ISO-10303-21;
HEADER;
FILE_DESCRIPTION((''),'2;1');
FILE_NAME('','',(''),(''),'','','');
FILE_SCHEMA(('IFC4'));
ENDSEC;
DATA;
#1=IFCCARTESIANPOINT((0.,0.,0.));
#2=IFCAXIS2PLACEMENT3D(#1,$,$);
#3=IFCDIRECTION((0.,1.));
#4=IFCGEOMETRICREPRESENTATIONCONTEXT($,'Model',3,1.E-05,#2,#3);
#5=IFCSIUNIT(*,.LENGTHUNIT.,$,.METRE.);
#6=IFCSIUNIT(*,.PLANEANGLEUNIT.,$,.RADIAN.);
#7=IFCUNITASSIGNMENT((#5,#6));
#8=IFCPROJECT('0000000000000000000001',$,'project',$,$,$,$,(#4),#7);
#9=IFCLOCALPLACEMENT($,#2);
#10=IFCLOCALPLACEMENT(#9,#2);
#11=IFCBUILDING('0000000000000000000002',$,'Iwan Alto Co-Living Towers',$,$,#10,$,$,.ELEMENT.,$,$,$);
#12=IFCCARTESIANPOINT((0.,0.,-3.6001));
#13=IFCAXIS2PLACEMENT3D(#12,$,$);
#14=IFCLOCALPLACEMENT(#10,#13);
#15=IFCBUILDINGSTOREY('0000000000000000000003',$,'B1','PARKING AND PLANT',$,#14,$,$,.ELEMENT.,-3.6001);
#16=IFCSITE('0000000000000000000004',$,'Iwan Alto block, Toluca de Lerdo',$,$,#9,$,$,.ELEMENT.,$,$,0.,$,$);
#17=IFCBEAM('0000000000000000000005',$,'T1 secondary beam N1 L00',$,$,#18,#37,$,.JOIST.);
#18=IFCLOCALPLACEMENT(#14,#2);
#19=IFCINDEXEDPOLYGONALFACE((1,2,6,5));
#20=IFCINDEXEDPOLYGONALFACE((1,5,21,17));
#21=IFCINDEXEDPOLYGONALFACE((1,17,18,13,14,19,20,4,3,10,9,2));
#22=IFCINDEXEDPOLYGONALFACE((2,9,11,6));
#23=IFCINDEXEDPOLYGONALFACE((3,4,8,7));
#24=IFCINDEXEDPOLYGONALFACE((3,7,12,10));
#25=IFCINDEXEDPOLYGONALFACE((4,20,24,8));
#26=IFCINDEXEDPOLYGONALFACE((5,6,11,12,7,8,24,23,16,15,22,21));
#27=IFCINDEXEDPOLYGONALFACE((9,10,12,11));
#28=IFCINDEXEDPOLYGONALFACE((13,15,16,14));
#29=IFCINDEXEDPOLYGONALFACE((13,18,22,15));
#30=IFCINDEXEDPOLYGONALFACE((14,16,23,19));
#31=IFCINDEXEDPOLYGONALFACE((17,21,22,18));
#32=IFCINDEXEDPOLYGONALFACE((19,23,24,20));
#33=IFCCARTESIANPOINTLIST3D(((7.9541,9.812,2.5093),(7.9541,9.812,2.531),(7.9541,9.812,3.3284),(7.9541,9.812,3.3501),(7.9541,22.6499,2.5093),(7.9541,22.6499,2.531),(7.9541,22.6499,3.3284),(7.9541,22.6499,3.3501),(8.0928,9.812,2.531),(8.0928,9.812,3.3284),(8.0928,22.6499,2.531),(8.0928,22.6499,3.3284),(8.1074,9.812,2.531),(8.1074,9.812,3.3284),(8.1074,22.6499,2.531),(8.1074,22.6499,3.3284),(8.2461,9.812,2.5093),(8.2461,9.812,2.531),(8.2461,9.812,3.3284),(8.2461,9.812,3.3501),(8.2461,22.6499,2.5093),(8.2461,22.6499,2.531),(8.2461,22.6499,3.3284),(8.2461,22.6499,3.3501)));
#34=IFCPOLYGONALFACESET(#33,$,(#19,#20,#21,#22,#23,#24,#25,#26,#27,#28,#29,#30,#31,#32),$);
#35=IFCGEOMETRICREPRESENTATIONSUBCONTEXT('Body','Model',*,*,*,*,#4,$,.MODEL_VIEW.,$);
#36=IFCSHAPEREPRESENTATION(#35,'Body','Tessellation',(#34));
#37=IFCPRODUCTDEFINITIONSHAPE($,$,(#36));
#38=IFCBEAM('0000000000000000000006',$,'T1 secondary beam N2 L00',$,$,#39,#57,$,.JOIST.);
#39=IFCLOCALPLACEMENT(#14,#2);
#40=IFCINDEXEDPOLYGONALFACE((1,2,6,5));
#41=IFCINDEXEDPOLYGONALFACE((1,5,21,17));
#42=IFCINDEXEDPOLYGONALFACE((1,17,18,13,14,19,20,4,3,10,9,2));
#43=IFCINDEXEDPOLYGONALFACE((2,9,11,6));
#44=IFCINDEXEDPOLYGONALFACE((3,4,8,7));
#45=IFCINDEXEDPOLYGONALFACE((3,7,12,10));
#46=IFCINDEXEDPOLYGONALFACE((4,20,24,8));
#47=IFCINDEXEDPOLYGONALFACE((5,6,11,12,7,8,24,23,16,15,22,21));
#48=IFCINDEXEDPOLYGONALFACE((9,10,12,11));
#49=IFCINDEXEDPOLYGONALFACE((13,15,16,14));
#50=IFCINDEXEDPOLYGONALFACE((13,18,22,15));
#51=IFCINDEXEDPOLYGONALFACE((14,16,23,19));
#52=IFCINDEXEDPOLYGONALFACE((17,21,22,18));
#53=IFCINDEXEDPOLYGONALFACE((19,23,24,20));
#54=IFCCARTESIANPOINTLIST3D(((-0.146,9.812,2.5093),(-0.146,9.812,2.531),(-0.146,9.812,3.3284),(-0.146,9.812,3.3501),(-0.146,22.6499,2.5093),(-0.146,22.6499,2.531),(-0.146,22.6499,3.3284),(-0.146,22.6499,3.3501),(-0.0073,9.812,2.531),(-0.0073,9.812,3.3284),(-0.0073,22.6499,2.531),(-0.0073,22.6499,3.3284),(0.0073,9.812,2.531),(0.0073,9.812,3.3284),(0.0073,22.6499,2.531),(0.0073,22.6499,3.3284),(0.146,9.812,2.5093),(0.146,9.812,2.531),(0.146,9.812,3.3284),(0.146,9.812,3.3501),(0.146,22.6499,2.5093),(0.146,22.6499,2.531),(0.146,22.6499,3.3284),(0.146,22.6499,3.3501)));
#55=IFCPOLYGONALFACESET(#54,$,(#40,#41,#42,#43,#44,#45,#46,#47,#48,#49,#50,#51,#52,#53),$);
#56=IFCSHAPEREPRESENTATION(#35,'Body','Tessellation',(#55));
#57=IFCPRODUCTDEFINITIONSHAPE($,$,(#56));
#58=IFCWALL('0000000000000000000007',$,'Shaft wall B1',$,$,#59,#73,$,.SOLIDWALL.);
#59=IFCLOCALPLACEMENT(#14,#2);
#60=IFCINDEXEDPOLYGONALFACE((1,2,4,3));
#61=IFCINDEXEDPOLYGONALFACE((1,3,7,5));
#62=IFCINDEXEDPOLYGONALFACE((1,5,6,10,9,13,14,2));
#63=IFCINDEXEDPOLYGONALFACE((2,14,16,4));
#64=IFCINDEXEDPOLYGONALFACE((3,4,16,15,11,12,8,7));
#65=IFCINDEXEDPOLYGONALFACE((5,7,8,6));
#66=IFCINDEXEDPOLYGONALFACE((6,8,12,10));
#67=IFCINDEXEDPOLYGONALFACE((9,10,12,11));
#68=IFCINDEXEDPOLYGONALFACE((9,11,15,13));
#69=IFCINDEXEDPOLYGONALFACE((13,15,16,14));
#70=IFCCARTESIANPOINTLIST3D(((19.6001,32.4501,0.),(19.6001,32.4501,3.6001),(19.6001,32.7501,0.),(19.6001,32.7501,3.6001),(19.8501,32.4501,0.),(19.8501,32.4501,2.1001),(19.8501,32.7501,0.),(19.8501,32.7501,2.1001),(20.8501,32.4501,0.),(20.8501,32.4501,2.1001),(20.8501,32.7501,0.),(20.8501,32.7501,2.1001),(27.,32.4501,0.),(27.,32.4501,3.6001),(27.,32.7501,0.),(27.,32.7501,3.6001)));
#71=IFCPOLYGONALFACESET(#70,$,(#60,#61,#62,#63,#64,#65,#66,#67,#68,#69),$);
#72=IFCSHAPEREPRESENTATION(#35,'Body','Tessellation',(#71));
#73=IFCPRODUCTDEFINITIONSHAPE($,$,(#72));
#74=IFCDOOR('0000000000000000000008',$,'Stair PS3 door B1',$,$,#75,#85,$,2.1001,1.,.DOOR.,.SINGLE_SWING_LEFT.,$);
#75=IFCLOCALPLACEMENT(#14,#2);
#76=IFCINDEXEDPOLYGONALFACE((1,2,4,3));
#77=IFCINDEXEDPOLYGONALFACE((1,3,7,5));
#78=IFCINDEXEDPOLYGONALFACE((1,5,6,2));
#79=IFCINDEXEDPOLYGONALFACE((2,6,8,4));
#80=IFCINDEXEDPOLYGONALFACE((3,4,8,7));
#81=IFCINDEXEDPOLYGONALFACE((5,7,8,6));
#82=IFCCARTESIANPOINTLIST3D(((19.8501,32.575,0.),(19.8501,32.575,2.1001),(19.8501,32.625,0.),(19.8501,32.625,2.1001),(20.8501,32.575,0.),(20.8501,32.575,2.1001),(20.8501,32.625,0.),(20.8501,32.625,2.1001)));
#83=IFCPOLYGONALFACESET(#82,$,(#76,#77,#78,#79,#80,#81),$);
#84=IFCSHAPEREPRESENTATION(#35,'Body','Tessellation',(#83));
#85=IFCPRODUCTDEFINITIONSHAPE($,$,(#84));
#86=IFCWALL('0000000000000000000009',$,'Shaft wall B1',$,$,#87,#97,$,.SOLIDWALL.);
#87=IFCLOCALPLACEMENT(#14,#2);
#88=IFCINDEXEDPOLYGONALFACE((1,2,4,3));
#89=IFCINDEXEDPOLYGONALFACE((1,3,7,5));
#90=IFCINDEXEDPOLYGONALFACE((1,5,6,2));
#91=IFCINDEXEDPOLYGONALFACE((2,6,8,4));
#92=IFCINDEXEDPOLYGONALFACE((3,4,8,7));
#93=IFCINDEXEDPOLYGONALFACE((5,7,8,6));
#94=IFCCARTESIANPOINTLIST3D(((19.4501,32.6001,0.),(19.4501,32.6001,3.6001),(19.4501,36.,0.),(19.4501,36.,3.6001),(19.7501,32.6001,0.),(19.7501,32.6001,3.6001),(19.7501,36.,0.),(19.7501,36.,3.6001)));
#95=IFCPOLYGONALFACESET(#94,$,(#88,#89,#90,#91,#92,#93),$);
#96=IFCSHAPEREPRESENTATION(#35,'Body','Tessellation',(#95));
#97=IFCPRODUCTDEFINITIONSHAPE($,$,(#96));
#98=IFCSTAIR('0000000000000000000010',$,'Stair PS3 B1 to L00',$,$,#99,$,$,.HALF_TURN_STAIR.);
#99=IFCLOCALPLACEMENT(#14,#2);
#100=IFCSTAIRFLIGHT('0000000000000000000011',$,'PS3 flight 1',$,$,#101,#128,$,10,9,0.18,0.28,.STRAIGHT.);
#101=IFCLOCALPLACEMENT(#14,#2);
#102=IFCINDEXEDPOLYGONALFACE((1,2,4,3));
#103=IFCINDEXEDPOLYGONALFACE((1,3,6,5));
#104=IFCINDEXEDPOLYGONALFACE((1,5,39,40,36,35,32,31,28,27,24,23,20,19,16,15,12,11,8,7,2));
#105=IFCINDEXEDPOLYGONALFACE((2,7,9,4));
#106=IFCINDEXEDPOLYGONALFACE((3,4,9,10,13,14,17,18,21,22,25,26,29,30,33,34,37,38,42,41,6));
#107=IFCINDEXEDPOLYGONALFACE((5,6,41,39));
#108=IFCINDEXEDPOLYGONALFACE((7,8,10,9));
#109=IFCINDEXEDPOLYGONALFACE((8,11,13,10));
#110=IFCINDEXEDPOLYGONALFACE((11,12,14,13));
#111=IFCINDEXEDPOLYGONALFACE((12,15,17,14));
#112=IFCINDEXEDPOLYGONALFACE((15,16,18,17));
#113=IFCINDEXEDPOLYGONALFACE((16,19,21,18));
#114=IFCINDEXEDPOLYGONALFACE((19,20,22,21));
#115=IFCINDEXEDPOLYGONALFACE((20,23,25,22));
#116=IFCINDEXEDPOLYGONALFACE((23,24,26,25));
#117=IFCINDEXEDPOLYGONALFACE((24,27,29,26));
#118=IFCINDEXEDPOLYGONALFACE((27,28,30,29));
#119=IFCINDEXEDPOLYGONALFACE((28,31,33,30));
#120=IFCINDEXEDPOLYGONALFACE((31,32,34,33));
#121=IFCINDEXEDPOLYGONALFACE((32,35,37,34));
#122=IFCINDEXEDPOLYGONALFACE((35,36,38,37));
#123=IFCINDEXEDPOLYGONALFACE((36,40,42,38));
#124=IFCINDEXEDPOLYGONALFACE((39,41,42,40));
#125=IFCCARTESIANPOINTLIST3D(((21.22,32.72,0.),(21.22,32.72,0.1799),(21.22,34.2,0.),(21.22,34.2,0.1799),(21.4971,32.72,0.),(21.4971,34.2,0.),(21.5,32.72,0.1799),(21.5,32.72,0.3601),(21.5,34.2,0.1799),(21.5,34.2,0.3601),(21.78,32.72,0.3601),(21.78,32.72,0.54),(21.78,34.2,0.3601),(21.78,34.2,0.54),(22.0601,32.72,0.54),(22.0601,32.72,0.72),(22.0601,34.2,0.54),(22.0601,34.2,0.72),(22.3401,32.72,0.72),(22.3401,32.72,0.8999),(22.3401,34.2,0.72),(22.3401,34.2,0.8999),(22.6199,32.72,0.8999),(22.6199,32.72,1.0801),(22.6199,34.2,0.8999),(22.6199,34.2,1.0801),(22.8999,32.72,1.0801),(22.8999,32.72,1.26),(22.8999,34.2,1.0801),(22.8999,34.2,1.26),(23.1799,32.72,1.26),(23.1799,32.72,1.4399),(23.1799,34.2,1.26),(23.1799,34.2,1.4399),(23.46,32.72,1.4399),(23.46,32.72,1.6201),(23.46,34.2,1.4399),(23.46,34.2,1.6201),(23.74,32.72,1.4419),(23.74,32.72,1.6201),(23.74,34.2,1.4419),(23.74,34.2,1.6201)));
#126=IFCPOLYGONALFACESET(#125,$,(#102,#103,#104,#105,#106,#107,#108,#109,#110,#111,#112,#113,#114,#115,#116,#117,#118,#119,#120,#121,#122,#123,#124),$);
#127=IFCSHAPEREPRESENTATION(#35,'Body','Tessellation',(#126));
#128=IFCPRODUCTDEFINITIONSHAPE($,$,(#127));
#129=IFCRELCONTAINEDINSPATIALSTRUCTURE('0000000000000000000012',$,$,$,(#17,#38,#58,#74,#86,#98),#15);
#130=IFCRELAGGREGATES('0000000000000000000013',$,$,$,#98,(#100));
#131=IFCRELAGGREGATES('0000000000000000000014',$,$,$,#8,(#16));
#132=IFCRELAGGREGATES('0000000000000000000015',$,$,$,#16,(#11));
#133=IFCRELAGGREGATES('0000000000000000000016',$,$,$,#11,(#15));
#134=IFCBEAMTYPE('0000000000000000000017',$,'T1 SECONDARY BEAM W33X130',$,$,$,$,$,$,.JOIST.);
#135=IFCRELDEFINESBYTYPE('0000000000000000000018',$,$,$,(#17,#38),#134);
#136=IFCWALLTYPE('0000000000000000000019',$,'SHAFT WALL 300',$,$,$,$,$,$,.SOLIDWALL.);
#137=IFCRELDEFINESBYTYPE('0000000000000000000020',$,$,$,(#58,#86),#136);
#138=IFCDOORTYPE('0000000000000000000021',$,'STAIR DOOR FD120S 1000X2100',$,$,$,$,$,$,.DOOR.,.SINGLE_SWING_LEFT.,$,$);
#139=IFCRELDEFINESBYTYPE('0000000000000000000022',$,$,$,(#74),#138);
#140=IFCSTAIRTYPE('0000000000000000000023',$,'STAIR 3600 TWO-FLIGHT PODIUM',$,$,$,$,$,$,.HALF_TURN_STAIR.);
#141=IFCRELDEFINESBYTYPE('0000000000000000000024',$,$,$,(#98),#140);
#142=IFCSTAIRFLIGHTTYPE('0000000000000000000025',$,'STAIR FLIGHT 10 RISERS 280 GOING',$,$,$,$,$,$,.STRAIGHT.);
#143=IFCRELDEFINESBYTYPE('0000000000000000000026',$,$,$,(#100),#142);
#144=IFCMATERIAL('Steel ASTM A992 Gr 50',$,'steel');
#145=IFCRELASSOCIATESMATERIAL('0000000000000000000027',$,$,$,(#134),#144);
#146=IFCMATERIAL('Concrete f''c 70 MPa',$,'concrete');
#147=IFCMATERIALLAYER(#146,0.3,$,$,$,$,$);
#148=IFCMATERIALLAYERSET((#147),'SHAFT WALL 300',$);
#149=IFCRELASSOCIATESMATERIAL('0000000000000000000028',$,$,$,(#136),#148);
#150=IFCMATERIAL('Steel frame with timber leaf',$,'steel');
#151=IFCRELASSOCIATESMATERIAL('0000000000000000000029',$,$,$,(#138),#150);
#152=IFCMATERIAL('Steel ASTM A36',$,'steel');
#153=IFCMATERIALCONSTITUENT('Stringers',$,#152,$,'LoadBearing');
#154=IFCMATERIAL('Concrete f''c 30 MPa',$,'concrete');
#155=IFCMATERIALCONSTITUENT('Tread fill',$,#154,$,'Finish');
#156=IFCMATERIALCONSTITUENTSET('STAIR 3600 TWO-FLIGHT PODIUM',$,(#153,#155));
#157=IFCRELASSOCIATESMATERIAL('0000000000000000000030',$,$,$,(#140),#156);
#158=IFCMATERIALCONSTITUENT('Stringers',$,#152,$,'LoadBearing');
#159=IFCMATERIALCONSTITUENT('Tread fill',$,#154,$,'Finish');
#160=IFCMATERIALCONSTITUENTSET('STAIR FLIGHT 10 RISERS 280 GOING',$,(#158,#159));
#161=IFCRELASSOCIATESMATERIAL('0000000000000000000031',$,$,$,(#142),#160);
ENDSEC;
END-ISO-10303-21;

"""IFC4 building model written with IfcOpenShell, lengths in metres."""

from ifc_helpers import new_model, si_unit, direction, frame, frame_2d, origin, origin_2d, place, context, subcontext, project, spatial, polyline, rectangle, i_section, outline, extrude, material, layer, layer_set, constituent, constituent_set, material_profile, profile_set, type_object, element, fill, aggregate, save


model = new_model("IFC4")

# Units and contexts
model_context = context("Model", 3, precision=1e-05, world=origin(), true_north=direction((0.0, 1.0)))
body_context = subcontext(model_context, "Body", "Model", "MODEL_VIEW")
ifc_project = project(units=[si_unit("LENGTHUNIT", "METRE"), si_unit("PLANEANGLEUNIT", "RADIAN")], contexts=[model_context])

# Site, building, storey
site_placement = place(None, origin())
site = spatial("IfcSite", under=ifc_project, at=site_placement, Name="Iwan Alto block, Toluca de Lerdo", CompositionType="ELEMENT", RefElevation=0.0)
building_placement = place(site_placement, origin())
building = spatial("IfcBuilding", under=site, at=building_placement, Name="Iwan Alto Co-Living Towers", CompositionType="ELEMENT")
storey_placement = place(building_placement, frame((0.0, 0.0, -3.6001)))
storey = spatial("IfcBuildingStorey", under=building, at=storey_placement, Name="B1", Description="PARKING AND PLANT", CompositionType="ELEMENT", Elevation=-3.6001)

# Beams
ifc_material_1 = material(Name="Steel ASTM A992 Gr 50", Category="steel")
ifc_material_profile_1 = material_profile(ifc_material_1, i_section(OverallWidth=0.292, OverallDepth=0.8408, WebThickness=0.0146, FlangeThickness=0.0217, at=origin_2d()), Name="W33X130")
ifc_profile_set_1 = profile_set([ifc_material_profile_1], Name="Steel ASTM A992 Gr 50")
beam_type_1 = type_object("IfcBeamType", Name="T1 SECONDARY BEAM W33X130", PredefinedType="JOIST", material=ifc_profile_set_1)
for number, where, z_axis, x_axis, name in (
    (1, (8.1001, 22.6499, 2.9297), (0.0, -1.0, 0.0), (1.0, 0.0, 0.0), "T1 secondary beam N1 L00"),
    (2, (0.0, 22.6499, 2.9297), (0.0, -1.0, 0.0), (1.0, 0.0, 0.0), "T1 secondary beam N2 L00"),
):
    element("IfcBeam", number, at=place(storey_placement, frame(where, z_axis=z_axis, x_axis=x_axis)), inside=storey, type_object=beam_type_1, Name=name, PredefinedType="JOIST", context=body_context, shape_type="SweptSolid", body=[
        extrude(i_section(OverallWidth=0.292, OverallDepth=0.8408, WebThickness=0.0146, FlangeThickness=0.0217, at=origin_2d()), origin(), (0.0, 0.0, 1.0), 12.8379),
    ])

# Wall, opening, door
ifc_material_2 = material(Name="Concrete f'c 70 MPa", Category="concrete")
ifc_layer = layer(ifc_material_2, 0.3)
ifc_layer_set = layer_set([ifc_layer], Name="SHAFT WALL 300")
wall_type = type_object("IfcWallType", Name="SHAFT WALL 300", PredefinedType="SOLIDWALL", material=ifc_layer_set)
wall_1_placement = place(storey_placement, frame((19.6001, 32.6001, 0.0), z_axis=(0.0, 0.0, 1.0), x_axis=(1.0, 0.0, 0.0)))
wall_1 = element("IfcWall", 3, at=wall_1_placement, inside=storey, type_object=wall_type, Name="Shaft wall B1", PredefinedType="SOLIDWALL", context=body_context, shape_type="SweptSolid", body=[
    extrude(rectangle(XDim=7.3999, YDim=0.3, at=frame_2d((3.7, 0.0))), origin(), (0.0, 0.0, 1.0), 3.6001),
])
opening_placement = place(wall_1_placement, frame((0.25, 0.0, 0.0)))
opening = element("IfcOpeningElement", 4, at=opening_placement, cuts=wall_1, PredefinedType="OPENING", context=body_context, shape_type="SweptSolid", body=[
    extrude(rectangle(XDim=1.0, YDim=2.1001, at=frame_2d((0.5, 1.05))), frame((0.0, 0.1599, 0.0), z_axis=(0.0, -1.0, 0.0), x_axis=(1.0, 0.0, 0.0)), (0.0, 0.0, 1.0), 0.3201),
])
ifc_material_3 = material(Name="Steel frame with timber leaf", Category="steel")
door_type = type_object("IfcDoorType", Name="STAIR DOOR FD120S 1000X2100", OperationType="SINGLE_SWING_LEFT", PredefinedType="DOOR", material=ifc_material_3)
door_placement = place(opening_placement, origin())
door = element("IfcDoor", 5, at=door_placement, inside=storey, type_object=door_type, Name="Stair PS3 door B1", OperationType="SINGLE_SWING_LEFT", OverallHeight=2.1001, OverallWidth=1.0, PredefinedType="DOOR", context=body_context, shape_type="SweptSolid", body=[
    extrude(rectangle(XDim=1.0, YDim=2.1001, at=frame_2d((0.5, 1.05))), frame((0.0, 0.0249, 0.0), z_axis=(0.0, -1.0, 0.0), x_axis=(1.0, 0.0, 0.0)), (0.0, 0.0, 1.0), 0.05),
])
fill(opening, door)

# Wall
wall_2_placement = place(storey_placement, frame((19.6001, 32.6001, 0.0), z_axis=(0.0, 0.0, 1.0), x_axis=(0.0, 1.0, 0.0)))
element("IfcWall", 6, at=wall_2_placement, inside=storey, type_object=wall_type, Name="Shaft wall B1", PredefinedType="SOLIDWALL", context=body_context, shape_type="SweptSolid", body=[
    extrude(rectangle(XDim=3.3999, YDim=0.3, at=frame_2d((1.7, 0.0))), origin(), (0.0, 0.0, 1.0), 3.6001),
])

# Stair, stair flight
ifc_material_4 = material(Name="Steel ASTM A36", Category="steel")
ifc_constituent_1 = constituent(ifc_material_4, Name="Stringers", Category="LoadBearing")
ifc_material_5 = material(Name="Concrete f'c 30 MPa", Category="concrete")
ifc_constituent_2 = constituent(ifc_material_5, Name="Tread fill", Category="Finish")
ifc_constituent_set_1 = constituent_set(constituents=[ifc_constituent_1, ifc_constituent_2], Name="STAIR 3600 TWO-FLIGHT PODIUM")
stair_type = type_object("IfcStairType", Name="STAIR 3600 TWO-FLIGHT PODIUM", PredefinedType="HALF_TURN_STAIR", material=ifc_constituent_set_1)
stair_placement = place(storey_placement, origin())
stair = element("IfcStair", 7, at=stair_placement, inside=storey, type_object=stair_type, Name="Stair PS3 B1 to L00", PredefinedType="HALF_TURN_STAIR")
ifc_constituent_3 = constituent(ifc_material_4, Name="Stringers", Category="LoadBearing")
ifc_constituent_4 = constituent(ifc_material_5, Name="Tread fill", Category="Finish")
ifc_constituent_set_2 = constituent_set(constituents=[ifc_constituent_3, ifc_constituent_4], Name="STAIR FLIGHT 10 RISERS 280 GOING")
stair_flight_type = type_object("IfcStairFlightType", Name="STAIR FLIGHT 10 RISERS 280 GOING", PredefinedType="STRAIGHT", material=ifc_constituent_set_2)
stair_flight_placement = place(storey_placement, frame((21.22, 33.46, 0.0), z_axis=(0.0, 0.0, 1.0), x_axis=(1.0, 0.0, 0.0)))
stair_flight = element("IfcStairFlight", 8, at=stair_flight_placement, type_object=stair_flight_type, Name="PS3 flight 1", NumberOfRisers=10, NumberOfTreads=9, PredefinedType="STRAIGHT", RiserHeight=0.18, TreadLength=0.28, context=body_context, shape_type="SweptSolid", body=[
    extrude(outline(polyline([(0.0, 0.0), (0.0, 0.1799), (0.28, 0.1799), (0.28, 0.3601), (0.5601, 0.3601), (0.5601, 0.54), (0.8401, 0.54), (0.8401, 0.72), (1.1201, 0.72), (1.1201, 0.8999), (1.3999, 0.8999), (1.3999, 1.0801), (1.6799, 1.0801), (1.6799, 1.26), (1.96, 1.26), (1.96, 1.4399), (2.24, 1.4399), (2.24, 1.6201), (2.52, 1.6201), (2.52, 1.8), (2.52, 1.4419), (0.2771, 0.0), (0.0, 0.0)])), frame((0.0, 0.74, 0.0), z_axis=(0.0, -1.0, 0.0), x_axis=(1.0, 0.0, 0.0)), (0.0, 0.0, 1.0), 1.48),
])
aggregate(stair, [stair_flight])

save(model, "model.ifc")
